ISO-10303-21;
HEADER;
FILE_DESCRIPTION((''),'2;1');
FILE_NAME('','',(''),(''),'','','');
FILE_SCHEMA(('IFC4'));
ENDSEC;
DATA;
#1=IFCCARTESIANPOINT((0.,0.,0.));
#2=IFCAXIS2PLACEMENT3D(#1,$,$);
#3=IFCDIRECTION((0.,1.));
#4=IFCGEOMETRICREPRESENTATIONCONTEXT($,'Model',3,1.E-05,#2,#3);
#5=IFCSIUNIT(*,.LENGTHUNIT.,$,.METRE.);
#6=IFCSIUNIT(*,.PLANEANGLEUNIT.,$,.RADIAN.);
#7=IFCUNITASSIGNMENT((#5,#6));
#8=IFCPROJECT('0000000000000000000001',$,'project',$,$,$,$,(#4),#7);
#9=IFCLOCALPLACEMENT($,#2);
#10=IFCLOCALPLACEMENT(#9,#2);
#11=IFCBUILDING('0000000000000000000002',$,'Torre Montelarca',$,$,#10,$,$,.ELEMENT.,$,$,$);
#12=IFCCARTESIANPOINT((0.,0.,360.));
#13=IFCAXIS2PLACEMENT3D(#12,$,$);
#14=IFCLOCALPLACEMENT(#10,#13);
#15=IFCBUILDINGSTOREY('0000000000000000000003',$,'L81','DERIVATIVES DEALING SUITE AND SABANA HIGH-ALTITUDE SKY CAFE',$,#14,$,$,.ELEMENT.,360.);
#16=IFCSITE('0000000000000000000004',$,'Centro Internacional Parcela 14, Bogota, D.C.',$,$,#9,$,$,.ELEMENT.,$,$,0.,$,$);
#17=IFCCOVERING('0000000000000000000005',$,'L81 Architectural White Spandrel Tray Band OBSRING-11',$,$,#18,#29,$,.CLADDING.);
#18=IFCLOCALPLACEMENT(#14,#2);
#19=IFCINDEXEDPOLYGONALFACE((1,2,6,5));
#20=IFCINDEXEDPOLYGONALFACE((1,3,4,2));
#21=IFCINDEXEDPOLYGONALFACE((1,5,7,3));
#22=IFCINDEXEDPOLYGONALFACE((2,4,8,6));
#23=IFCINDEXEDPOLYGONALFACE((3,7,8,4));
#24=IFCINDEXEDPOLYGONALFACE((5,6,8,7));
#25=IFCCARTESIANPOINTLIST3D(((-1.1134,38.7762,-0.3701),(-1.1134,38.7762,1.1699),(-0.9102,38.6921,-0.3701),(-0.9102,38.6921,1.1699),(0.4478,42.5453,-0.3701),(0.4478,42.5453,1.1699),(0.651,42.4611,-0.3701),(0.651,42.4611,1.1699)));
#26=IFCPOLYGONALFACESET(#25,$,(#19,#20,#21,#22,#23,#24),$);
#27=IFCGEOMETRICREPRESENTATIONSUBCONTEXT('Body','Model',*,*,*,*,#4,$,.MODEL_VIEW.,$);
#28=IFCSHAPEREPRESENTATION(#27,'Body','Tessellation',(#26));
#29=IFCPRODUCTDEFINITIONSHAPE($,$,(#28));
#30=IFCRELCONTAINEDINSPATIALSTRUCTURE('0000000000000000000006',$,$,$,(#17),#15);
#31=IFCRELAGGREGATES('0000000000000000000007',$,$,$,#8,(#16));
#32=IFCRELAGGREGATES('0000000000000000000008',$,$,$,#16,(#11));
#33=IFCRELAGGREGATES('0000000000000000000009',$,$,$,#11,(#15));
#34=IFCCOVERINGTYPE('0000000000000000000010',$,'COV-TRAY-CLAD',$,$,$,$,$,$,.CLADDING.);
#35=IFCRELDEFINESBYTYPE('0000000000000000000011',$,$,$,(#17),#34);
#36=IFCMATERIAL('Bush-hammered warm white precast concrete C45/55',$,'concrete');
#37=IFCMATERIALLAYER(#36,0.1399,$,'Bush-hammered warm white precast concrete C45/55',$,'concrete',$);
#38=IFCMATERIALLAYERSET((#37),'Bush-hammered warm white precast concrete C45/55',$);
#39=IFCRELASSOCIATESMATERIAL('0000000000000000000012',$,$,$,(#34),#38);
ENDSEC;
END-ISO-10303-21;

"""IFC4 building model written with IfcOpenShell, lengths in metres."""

from ifc_helpers import new_model, si_unit, direction, frame, origin, origin_2d, place, context, subcontext, project, spatial, rectangle, extrude, source, transform, mapped, material, layer, layer_set, type_object, element, save


model = new_model("IFC4")

# Units and contexts
model_context = context("Model", 3, precision=1e-05, world=origin(), true_north=direction((0.0, 1.0)))
body_context = subcontext(model_context, "Body", "Model", "MODEL_VIEW")
ifc_project = project(units=[si_unit("LENGTHUNIT", "METRE"), si_unit("PLANEANGLEUNIT", "RADIAN")], contexts=[model_context])

# Site, building, storey
site_placement = place(None, origin())
site = spatial("IfcSite", under=ifc_project, at=site_placement, Name="Centro Internacional Parcela 14, Bogota, D.C.", CompositionType="ELEMENT", RefElevation=0.0)
building_placement = place(site_placement, origin())
building = spatial("IfcBuilding", under=site, at=building_placement, Name="Torre Montelarca", CompositionType="ELEMENT")
storey_placement = place(building_placement, frame((0.0, 0.0, 360.0)))
storey = spatial("IfcBuildingStorey", under=building, at=storey_placement, Name="L81", Description="DERIVATIVES DEALING SUITE AND SABANA HIGH-ALTITUDE SKY CAFE", CompositionType="ELEMENT", Elevation=360.0)

# Covering
ifc_material_1 = material(Name="Bush-hammered warm white precast concrete C45/55", Category="concrete")
ifc_layer_1 = layer(ifc_material_1, 0.1399, Name="Bush-hammered warm white precast concrete C45/55", Category="concrete")
ifc_layer_set_1 = layer_set([ifc_layer_1], Name="Bush-hammered warm white precast concrete C45/55")
covering_type = type_object("IfcCoveringType", Name="COV-TRAY-CLAD", PredefinedType="CLADDING", material=ifc_layer_set_1)
shared_shape_1 = source(origin(), body_context, "Body", "SweptSolid", [
    extrude(rectangle(XDim=4.0796, YDim=0.22, at=origin_2d()), origin(), (0.0, 0.0, 1.0), 1.54),
])
covering_1_placement = place(storey_placement, frame((-0.2312, 40.6187, -0.3701), z_axis=(0.0, 0.0, 1.0), x_axis=(-0.382701, -0.923872, 0.0)))
element("IfcCovering", 1, at=covering_1_placement, inside=storey, type_object=covering_type, Name="L81 Architectural White Spandrel Tray Band OBSRING-11", PredefinedType="CLADDING", context=body_context, shape_type="MappedRepresentation", body=[
    mapped(shared_shape_1, transform((0.0, 0.0, 0.0), scale=1.0)),
])

save(model, "model.ifc")
